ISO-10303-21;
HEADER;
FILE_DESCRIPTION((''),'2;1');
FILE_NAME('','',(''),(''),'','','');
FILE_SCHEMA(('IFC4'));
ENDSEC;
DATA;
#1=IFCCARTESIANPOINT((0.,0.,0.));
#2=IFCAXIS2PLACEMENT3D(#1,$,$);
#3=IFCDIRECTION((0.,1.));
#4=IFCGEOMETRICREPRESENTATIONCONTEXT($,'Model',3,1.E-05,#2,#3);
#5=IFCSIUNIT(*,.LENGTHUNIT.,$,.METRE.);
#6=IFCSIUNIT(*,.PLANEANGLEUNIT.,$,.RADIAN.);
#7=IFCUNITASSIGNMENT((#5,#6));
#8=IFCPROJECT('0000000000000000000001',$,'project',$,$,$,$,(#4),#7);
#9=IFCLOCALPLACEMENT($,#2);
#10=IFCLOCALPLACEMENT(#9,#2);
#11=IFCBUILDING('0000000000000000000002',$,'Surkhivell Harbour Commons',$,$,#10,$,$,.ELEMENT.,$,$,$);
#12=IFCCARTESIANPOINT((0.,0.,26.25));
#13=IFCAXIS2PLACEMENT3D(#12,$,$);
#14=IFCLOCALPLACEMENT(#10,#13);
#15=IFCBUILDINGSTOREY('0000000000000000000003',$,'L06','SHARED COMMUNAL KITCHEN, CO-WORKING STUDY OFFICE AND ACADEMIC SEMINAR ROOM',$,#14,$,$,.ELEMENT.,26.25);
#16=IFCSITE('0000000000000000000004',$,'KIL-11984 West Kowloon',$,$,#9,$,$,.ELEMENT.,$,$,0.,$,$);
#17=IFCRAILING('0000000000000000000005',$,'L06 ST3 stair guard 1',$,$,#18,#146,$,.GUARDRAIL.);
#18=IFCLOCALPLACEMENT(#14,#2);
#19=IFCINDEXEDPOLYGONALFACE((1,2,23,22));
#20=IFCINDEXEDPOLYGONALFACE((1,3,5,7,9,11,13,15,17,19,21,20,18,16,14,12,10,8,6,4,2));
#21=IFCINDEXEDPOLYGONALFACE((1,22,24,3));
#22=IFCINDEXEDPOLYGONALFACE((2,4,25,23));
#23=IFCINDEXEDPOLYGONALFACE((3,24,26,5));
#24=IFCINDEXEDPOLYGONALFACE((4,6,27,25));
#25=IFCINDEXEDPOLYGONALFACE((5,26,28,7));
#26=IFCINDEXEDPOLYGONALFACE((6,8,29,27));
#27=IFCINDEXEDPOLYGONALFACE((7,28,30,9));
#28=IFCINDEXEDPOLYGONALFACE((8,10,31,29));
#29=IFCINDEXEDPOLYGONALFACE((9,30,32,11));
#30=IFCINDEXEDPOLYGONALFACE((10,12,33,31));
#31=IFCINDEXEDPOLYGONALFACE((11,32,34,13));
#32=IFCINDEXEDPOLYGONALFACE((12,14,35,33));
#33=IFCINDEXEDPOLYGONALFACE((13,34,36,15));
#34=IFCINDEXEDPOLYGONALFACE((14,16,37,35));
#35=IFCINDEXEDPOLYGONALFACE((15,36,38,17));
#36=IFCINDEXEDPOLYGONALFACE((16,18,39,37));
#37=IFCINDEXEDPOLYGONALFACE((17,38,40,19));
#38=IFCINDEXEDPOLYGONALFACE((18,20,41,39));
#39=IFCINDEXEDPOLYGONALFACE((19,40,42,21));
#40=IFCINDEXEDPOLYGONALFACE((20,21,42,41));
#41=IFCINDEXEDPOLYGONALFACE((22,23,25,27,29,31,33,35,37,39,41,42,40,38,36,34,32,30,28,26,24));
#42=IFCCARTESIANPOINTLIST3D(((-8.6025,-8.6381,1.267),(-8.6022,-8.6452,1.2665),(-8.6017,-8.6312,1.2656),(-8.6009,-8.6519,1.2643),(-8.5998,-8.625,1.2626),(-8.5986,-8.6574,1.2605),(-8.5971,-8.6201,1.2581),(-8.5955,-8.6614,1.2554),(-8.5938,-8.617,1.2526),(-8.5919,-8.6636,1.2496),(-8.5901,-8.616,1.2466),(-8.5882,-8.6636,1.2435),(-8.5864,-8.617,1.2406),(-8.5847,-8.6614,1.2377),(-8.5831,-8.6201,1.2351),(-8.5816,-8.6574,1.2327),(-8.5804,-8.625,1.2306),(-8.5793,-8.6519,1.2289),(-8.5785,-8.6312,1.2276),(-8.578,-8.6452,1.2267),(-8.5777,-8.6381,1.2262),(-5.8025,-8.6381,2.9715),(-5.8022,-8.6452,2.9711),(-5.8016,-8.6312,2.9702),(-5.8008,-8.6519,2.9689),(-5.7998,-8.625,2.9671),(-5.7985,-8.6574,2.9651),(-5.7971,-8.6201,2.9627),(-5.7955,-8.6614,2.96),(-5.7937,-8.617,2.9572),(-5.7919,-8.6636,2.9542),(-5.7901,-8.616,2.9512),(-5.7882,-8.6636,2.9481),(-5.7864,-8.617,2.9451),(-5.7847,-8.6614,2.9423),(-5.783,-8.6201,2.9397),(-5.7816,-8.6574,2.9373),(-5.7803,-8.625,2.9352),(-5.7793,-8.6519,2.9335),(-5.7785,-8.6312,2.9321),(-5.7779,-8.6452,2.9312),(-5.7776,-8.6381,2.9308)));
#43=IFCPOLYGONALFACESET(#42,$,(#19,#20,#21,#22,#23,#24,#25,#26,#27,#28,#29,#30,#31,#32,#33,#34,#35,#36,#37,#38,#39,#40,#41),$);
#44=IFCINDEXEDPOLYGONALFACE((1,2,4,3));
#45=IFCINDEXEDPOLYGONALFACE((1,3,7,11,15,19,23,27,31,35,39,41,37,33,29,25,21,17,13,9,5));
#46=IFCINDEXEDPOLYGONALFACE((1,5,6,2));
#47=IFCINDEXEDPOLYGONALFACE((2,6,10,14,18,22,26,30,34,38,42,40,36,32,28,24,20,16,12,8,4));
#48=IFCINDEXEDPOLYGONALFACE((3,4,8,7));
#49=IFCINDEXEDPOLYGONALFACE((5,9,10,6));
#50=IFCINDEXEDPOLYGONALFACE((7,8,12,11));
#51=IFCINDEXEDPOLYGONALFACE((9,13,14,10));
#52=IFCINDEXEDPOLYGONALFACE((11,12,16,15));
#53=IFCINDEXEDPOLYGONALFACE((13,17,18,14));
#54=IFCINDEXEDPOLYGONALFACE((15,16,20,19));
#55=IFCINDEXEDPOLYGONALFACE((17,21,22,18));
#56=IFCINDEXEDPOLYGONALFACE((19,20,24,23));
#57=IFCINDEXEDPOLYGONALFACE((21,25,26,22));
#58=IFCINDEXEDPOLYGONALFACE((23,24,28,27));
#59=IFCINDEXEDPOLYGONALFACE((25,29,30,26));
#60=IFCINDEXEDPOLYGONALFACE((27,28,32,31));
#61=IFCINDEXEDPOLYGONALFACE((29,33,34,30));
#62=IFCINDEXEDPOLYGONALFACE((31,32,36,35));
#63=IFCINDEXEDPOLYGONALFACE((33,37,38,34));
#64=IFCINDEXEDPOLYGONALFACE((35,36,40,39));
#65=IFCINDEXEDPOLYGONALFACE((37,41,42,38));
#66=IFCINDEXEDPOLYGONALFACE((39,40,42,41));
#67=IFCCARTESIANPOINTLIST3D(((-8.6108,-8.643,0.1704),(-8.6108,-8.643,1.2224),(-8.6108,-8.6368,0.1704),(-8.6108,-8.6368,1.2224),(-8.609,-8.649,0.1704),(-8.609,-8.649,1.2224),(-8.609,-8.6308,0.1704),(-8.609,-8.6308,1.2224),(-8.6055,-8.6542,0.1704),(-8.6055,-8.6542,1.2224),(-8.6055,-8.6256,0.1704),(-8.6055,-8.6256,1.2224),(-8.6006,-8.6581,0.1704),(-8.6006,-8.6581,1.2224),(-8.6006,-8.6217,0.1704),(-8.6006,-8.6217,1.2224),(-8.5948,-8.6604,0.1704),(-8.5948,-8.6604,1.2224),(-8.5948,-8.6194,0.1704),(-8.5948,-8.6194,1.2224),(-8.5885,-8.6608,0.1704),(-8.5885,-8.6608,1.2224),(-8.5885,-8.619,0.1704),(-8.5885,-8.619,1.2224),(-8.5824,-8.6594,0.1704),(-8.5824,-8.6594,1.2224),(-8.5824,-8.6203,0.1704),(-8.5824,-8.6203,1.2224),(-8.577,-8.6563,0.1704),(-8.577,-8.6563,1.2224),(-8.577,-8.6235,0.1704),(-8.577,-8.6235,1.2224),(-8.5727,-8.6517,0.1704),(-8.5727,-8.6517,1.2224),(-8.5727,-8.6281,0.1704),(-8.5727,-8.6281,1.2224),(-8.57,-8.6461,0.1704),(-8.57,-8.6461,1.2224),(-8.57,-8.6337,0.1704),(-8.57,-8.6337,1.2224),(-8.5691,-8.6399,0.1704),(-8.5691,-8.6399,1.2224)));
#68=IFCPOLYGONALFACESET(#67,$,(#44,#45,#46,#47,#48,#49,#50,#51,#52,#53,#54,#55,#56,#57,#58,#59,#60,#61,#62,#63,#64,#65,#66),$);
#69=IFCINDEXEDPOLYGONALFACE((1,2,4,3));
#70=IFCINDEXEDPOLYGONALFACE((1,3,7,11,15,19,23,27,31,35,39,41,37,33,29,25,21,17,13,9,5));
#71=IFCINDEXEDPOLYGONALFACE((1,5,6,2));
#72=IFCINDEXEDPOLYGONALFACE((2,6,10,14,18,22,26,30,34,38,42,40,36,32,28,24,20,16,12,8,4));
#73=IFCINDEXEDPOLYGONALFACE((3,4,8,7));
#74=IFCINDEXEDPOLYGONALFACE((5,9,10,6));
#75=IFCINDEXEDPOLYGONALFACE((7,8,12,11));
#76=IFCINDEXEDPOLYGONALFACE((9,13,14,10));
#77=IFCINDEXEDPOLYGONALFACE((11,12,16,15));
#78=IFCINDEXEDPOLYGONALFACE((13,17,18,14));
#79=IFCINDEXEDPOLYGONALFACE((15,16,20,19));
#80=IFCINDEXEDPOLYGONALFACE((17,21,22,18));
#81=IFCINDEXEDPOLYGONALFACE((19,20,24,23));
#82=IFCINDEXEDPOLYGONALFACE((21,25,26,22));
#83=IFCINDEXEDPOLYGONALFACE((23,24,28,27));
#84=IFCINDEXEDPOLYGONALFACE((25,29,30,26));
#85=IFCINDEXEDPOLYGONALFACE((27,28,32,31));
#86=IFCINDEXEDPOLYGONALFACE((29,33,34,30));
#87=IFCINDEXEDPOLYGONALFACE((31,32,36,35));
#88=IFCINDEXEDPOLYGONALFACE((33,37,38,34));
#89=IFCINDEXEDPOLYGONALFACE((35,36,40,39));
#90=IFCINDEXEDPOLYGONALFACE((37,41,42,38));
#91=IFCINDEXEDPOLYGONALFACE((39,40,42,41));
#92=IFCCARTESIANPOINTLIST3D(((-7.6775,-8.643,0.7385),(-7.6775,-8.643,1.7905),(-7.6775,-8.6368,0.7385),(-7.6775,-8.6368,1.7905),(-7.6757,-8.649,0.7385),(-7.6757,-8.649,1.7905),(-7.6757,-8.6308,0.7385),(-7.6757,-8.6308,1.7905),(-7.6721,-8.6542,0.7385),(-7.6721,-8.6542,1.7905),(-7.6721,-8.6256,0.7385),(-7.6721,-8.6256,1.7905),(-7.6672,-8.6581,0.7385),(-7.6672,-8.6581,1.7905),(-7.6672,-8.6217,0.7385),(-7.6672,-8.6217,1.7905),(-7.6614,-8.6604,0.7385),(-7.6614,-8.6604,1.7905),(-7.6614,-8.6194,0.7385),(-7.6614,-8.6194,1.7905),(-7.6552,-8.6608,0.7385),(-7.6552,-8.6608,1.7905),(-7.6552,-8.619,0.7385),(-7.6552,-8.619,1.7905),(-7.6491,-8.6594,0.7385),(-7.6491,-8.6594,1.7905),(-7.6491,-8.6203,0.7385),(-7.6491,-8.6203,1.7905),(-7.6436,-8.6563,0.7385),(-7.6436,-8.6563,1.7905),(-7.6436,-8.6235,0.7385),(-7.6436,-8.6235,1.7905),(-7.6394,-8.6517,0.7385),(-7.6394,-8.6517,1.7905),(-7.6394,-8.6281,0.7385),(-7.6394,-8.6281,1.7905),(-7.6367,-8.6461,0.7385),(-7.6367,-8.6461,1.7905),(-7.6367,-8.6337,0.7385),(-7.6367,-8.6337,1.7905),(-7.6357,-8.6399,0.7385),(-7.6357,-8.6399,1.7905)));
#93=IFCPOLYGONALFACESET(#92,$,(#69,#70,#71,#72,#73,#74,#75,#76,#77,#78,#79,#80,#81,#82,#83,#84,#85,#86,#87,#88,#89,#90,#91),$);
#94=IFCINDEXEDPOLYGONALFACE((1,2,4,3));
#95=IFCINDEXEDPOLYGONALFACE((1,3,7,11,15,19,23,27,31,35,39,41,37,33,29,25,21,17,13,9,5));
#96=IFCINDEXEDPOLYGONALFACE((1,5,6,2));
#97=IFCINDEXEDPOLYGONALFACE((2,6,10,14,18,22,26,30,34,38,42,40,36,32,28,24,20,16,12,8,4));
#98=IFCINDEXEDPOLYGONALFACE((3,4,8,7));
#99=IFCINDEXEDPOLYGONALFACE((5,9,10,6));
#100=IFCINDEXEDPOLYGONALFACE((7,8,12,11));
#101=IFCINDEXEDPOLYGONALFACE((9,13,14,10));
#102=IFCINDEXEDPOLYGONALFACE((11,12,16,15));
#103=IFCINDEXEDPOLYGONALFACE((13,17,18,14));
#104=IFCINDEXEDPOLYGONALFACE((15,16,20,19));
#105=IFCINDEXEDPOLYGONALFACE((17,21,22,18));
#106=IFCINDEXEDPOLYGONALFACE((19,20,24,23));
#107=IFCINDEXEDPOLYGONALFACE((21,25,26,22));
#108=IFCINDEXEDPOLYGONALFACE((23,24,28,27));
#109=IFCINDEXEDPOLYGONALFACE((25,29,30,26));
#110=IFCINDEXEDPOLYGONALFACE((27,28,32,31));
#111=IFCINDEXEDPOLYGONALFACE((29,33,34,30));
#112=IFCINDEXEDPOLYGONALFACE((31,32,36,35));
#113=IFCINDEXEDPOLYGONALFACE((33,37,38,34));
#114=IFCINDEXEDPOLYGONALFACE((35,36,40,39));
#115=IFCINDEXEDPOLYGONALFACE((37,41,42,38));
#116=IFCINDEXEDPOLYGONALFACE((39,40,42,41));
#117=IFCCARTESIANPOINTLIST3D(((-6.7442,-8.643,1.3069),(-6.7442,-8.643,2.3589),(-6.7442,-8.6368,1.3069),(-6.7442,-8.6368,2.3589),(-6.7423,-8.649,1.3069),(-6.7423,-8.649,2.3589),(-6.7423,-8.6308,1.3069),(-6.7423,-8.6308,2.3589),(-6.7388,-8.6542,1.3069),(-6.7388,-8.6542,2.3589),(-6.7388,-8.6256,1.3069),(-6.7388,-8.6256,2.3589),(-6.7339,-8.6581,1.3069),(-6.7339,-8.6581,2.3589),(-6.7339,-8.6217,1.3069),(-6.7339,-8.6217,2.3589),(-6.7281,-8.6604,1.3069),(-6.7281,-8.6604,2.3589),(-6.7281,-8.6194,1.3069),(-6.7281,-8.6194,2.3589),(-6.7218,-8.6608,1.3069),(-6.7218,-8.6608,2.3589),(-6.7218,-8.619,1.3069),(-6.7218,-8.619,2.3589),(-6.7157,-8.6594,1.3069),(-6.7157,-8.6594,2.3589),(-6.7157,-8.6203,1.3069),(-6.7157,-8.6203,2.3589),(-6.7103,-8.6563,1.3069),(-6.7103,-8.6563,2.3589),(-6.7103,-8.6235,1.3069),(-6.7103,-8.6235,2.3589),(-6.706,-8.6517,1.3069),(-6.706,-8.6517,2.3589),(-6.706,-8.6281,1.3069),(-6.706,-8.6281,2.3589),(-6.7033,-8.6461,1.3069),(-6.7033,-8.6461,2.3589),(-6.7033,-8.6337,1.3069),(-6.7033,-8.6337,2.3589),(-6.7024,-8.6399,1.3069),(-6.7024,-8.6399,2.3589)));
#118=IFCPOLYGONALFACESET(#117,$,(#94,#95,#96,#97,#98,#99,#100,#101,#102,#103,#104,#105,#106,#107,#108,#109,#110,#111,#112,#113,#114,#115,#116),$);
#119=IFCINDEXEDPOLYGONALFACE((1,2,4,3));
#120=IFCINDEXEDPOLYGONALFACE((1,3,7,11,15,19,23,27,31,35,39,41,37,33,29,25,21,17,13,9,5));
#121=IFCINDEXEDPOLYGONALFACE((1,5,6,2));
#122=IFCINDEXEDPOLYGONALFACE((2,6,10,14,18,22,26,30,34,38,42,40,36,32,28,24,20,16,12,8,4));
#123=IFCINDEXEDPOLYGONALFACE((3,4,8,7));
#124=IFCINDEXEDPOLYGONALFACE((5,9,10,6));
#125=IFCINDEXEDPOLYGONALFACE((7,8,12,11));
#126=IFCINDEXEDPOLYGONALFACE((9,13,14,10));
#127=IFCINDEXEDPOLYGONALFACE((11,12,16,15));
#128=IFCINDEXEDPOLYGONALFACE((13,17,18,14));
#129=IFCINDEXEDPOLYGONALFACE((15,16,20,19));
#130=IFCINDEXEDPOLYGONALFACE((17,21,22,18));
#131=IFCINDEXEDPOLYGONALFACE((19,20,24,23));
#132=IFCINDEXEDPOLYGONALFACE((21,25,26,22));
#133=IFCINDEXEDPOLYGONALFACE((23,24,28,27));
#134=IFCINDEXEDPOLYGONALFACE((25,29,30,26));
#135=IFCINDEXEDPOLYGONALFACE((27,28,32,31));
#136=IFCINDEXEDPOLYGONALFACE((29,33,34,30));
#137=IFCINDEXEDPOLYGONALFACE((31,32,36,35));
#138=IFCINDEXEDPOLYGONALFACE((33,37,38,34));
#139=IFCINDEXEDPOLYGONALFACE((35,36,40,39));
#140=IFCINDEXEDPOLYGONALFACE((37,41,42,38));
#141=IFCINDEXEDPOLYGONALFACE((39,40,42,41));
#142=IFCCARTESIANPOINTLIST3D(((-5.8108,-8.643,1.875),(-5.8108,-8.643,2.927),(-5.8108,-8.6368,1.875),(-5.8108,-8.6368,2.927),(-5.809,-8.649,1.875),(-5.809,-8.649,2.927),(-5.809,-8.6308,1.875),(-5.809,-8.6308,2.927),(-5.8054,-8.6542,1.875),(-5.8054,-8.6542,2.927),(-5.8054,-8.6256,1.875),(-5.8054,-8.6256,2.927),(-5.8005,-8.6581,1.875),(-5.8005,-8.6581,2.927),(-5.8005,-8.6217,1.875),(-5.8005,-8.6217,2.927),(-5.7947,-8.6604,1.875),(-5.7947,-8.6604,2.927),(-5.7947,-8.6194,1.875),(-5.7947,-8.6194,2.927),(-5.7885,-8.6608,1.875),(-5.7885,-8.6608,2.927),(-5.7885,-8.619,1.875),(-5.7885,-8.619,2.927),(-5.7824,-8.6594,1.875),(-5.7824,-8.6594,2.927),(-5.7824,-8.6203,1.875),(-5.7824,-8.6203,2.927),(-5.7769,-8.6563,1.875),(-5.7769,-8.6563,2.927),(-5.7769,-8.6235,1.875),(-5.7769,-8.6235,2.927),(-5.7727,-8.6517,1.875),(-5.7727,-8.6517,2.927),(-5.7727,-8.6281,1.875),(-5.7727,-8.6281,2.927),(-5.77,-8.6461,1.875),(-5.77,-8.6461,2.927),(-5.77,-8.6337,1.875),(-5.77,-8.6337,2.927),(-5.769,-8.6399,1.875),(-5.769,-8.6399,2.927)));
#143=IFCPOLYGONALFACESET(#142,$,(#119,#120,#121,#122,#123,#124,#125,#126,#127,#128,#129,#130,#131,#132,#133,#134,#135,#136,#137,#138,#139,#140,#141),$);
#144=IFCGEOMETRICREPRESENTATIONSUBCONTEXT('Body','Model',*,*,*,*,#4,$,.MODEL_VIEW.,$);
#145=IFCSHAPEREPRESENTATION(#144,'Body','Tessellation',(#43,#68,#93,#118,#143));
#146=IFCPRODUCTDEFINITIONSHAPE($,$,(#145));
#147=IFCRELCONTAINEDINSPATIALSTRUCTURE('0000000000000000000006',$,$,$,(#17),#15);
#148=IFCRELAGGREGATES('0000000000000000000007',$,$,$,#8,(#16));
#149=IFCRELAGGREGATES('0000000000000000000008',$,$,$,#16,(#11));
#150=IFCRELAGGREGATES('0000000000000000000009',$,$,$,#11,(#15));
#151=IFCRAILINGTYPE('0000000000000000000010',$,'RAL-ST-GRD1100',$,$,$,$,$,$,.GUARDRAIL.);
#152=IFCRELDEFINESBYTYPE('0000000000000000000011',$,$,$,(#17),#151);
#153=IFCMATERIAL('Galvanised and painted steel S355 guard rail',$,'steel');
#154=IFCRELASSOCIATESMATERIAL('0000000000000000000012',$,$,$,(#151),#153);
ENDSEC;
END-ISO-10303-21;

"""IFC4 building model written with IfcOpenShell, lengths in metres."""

from ifc_helpers import new_model, si_unit, direction, frame, origin, origin_2d, place, context, subcontext, project, spatial, circle, extrude, material, type_object, element, save


model = new_model("IFC4")

# Units and contexts
model_context = context("Model", 3, precision=1e-05, world=origin(), true_north=direction((0.0, 1.0)))
body_context = subcontext(model_context, "Body", "Model", "MODEL_VIEW")
ifc_project = project(units=[si_unit("LENGTHUNIT", "METRE"), si_unit("PLANEANGLEUNIT", "RADIAN")], contexts=[model_context])

# Site, building, storey
site_placement = place(None, origin())
site = spatial("IfcSite", under=ifc_project, at=site_placement, Name="KIL-11984 West Kowloon", CompositionType="ELEMENT", RefElevation=0.0)
building_placement = place(site_placement, origin())
building = spatial("IfcBuilding", under=site, at=building_placement, Name="Surkhivell Harbour Commons", CompositionType="ELEMENT")
storey_placement = place(building_placement, frame((0.0, 0.0, 26.25)))
storey = spatial("IfcBuildingStorey", under=building, at=storey_placement, Name="L06", Description="SHARED COMMUNAL KITCHEN, CO-WORKING STUDY OFFICE AND ACADEMIC SEMINAR ROOM", CompositionType="ELEMENT", Elevation=26.25)

# Railing
ifc_material_1 = material(Name="Galvanised and painted steel S355 guard rail", Category="steel")
railing_type_1 = type_object("IfcRailingType", Name="RAL-ST-GRD1100", PredefinedType="GUARDRAIL", material=ifc_material_1)
railing_1_placement = place(storey_placement, frame((-8.5901, -8.6399, 0.1704)))
element("IfcRailing", 1, at=railing_1_placement, inside=storey, type_object=railing_type_1, Name="L06 ST3 stair guard 1", PredefinedType="GUARDRAIL", context=body_context, shape_type="SweptSolid", body=[
    extrude(circle(Radius=0.0239, at=origin_2d()), frame((0.0, 0.0, 1.0762), z_axis=(0.85417, 0.0, 0.519994), x_axis=(0.0, 1.0, 0.0)), (0.0, 0.0, 1.0), 3.2781),
    extrude(circle(Radius=0.021, at=origin_2d()), origin(), (0.0, 0.0, 1.0), 1.052),
    extrude(circle(Radius=0.021, at=origin_2d()), frame((0.9333, 0.0, 0.5681)), (0.0, 0.0, 1.0), 1.052),
    extrude(circle(Radius=0.021, at=origin_2d()), frame((1.8667, 0.0, 1.1365)), (0.0, 0.0, 1.0), 1.052),
    extrude(circle(Radius=0.021, at=origin_2d()), frame((2.8, 0.0, 1.7046)), (0.0, 0.0, 1.0), 1.052),
])

save(model, "model.ifc")
